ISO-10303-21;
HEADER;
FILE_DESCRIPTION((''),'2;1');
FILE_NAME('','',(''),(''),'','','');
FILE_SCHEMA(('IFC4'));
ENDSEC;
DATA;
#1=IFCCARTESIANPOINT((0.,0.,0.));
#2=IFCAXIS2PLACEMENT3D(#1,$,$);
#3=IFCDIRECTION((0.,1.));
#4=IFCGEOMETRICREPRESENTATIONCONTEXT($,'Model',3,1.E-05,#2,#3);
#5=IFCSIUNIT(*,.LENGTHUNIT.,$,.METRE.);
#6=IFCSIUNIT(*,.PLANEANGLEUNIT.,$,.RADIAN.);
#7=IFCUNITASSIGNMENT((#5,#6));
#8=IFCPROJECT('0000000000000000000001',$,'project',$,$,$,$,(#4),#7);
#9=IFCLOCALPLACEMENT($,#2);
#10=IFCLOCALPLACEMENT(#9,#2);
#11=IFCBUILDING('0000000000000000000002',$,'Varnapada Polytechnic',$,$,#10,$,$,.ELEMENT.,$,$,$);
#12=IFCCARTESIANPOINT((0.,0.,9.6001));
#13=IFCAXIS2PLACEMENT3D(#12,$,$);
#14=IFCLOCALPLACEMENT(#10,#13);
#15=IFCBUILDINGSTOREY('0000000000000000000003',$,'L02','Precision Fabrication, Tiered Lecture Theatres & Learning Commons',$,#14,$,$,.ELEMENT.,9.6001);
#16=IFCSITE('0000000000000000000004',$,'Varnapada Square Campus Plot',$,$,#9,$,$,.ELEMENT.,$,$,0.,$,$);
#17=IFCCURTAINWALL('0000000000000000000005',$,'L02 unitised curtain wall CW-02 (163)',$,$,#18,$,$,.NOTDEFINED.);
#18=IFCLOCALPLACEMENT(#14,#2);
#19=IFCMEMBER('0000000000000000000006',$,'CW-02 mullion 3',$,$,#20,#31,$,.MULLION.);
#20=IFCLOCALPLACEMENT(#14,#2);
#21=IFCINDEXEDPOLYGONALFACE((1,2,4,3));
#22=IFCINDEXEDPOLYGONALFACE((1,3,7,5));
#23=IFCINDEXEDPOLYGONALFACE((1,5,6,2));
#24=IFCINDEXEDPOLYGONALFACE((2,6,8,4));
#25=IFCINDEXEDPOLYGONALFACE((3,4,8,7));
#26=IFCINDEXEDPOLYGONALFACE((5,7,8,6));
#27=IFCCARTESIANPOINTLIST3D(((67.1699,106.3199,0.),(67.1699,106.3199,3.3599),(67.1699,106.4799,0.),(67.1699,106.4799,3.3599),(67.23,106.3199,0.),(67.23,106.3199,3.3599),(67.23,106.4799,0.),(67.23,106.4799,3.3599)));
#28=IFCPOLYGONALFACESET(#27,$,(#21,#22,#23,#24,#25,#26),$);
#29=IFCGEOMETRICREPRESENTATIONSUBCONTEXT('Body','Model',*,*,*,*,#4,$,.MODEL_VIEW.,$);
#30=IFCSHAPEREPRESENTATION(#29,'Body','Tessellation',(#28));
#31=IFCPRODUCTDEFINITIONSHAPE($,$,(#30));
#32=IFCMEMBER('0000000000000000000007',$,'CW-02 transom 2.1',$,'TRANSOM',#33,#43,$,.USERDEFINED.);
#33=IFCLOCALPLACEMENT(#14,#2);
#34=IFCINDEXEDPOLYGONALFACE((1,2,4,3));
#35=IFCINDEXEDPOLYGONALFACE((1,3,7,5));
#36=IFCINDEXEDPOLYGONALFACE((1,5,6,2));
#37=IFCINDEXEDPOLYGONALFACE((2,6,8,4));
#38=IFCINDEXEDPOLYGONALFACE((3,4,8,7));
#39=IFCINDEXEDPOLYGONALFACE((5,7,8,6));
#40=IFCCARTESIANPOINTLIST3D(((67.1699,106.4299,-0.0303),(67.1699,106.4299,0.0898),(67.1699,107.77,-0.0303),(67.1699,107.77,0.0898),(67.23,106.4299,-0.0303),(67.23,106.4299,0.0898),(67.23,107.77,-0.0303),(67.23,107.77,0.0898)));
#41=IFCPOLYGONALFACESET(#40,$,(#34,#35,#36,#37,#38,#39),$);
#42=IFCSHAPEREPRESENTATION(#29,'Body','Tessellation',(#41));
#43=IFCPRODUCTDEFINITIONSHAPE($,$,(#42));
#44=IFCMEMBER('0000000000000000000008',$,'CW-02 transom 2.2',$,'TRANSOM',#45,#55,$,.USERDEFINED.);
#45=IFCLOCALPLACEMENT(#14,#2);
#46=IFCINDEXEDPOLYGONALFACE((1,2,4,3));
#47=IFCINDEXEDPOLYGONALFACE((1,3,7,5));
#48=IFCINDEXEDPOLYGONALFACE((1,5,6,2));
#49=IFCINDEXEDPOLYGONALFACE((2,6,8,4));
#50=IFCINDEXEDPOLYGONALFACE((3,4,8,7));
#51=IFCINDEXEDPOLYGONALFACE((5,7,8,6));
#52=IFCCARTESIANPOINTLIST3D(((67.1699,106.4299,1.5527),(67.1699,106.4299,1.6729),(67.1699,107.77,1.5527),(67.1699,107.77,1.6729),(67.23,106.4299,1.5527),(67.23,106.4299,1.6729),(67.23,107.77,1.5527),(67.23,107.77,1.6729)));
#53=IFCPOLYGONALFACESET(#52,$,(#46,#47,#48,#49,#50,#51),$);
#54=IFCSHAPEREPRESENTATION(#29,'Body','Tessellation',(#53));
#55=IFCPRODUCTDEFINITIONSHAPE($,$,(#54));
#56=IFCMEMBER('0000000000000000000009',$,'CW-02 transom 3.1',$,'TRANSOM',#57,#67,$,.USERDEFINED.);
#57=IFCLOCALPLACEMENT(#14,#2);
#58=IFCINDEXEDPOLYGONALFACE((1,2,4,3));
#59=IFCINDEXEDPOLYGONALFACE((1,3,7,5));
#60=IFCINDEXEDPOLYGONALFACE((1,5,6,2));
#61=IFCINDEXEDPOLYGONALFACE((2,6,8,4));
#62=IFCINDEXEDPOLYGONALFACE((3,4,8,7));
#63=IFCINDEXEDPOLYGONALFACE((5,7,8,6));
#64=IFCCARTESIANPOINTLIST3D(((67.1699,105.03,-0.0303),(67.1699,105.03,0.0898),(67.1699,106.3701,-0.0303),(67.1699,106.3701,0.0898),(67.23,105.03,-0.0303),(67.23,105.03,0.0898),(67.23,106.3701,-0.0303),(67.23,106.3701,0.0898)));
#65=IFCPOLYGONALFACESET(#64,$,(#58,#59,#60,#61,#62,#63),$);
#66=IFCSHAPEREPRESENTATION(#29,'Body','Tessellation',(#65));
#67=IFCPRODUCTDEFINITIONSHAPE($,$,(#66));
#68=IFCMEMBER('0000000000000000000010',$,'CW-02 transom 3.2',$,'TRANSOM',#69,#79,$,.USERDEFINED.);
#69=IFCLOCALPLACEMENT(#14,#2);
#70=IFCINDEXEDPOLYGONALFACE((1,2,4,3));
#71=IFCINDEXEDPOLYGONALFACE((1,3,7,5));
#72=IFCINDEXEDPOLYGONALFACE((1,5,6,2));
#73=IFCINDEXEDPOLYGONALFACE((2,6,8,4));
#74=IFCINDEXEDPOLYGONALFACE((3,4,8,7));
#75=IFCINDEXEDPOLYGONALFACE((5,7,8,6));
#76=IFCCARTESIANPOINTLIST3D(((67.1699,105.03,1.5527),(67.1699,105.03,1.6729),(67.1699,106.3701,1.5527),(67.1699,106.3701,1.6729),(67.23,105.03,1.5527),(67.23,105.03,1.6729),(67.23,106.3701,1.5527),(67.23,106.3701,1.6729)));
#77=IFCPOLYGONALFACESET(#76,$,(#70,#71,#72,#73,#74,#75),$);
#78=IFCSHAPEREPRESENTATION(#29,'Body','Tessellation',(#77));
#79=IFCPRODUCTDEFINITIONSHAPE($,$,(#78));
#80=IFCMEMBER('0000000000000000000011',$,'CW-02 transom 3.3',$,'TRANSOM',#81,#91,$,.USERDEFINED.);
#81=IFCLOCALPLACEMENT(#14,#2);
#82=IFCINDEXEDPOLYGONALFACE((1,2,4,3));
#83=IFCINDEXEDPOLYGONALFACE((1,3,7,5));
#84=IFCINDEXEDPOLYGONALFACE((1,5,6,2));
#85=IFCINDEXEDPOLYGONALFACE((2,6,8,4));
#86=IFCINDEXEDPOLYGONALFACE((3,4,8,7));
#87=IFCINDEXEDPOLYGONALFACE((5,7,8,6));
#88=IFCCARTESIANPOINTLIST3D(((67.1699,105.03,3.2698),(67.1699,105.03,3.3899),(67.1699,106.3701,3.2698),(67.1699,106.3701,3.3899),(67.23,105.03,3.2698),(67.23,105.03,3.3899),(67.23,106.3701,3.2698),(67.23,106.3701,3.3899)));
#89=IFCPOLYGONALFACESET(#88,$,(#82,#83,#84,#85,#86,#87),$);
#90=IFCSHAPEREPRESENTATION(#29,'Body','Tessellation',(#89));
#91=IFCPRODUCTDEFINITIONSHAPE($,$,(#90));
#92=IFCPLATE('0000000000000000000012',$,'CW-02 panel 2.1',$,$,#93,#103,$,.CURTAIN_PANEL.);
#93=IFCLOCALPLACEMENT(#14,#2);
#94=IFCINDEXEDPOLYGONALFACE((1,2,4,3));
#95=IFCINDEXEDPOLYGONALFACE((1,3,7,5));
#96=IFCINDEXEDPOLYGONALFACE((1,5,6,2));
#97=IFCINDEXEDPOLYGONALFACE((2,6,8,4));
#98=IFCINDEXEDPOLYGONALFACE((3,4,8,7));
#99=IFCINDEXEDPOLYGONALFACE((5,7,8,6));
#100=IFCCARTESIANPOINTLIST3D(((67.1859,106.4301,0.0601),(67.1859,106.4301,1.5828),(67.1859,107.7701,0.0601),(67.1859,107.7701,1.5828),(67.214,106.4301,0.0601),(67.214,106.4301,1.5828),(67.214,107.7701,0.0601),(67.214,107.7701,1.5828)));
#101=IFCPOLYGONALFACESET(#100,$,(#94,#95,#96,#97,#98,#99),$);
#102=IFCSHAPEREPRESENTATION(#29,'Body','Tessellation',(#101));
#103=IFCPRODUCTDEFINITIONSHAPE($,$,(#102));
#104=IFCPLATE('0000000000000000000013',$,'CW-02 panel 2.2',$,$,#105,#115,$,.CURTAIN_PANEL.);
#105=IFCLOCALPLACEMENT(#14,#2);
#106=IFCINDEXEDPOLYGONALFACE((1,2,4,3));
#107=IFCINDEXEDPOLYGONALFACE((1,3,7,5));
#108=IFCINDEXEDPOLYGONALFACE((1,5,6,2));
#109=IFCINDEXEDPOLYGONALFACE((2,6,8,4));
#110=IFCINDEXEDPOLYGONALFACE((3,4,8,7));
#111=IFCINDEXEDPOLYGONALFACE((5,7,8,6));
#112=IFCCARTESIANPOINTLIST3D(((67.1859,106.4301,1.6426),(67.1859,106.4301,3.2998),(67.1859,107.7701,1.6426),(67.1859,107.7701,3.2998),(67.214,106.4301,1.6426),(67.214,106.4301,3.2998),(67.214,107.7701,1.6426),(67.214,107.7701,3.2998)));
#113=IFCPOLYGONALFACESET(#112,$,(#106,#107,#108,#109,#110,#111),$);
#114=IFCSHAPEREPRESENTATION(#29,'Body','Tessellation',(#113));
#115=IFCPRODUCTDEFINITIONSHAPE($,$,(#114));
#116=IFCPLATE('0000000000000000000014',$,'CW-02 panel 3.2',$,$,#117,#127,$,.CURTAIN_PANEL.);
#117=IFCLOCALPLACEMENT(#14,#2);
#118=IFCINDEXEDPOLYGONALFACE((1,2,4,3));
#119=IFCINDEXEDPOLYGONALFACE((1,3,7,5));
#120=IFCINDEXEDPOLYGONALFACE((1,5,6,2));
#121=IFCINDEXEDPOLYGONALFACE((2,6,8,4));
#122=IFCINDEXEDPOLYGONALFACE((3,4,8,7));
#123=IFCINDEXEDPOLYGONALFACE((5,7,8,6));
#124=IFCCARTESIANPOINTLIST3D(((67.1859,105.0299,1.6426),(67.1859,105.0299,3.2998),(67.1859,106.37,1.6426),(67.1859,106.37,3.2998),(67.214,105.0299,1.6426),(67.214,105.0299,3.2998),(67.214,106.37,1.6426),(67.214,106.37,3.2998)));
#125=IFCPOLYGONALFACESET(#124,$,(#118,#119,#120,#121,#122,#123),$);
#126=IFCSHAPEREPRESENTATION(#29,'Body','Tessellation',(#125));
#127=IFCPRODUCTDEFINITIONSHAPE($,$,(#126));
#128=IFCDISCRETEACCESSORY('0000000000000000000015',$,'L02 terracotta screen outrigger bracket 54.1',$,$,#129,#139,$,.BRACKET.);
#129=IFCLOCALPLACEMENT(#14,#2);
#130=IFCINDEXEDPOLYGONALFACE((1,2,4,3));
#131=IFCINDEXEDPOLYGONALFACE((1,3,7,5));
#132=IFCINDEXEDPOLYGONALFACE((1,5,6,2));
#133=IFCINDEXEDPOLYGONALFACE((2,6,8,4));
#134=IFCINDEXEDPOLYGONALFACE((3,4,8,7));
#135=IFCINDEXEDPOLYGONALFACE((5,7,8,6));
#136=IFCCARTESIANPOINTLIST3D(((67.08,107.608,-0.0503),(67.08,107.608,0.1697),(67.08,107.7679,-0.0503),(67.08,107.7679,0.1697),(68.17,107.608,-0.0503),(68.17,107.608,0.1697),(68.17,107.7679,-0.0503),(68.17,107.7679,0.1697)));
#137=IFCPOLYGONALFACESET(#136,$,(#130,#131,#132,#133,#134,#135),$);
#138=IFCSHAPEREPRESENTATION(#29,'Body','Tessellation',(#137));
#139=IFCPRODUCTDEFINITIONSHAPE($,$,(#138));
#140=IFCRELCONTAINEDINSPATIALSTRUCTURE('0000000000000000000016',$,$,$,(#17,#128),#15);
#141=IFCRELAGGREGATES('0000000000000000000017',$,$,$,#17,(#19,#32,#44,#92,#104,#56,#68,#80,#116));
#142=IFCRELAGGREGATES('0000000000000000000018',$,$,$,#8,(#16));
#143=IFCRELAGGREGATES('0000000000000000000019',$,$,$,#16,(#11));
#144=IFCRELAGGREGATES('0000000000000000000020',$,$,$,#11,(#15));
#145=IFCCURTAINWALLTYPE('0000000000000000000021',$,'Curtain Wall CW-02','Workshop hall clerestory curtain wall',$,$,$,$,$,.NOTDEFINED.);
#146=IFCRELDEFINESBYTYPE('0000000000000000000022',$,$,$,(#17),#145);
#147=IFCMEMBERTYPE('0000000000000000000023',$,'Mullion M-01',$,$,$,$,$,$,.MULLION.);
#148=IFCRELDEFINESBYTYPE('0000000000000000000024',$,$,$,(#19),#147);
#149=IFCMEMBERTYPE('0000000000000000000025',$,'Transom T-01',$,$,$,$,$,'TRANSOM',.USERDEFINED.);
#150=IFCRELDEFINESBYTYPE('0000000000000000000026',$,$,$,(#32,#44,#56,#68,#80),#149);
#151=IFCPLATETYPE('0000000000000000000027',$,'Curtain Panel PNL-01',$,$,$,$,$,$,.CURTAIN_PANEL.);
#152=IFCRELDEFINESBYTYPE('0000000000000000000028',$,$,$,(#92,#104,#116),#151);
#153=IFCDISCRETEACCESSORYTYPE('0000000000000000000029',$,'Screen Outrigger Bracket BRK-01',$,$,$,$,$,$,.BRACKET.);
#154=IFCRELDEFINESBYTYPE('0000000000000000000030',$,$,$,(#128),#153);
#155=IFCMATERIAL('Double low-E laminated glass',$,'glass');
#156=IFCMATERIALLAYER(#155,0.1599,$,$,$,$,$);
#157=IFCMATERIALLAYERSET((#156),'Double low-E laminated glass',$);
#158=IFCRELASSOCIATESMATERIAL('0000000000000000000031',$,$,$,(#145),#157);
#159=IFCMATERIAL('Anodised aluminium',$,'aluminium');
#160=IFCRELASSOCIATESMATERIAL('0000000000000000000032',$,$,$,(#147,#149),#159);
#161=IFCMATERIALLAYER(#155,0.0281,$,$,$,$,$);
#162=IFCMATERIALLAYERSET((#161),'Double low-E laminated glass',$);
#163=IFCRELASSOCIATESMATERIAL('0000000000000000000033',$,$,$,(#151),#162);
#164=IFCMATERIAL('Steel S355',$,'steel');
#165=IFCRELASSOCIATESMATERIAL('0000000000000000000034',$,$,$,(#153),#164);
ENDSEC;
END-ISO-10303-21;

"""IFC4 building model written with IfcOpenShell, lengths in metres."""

from ifc_helpers import new_model, si_unit, direction, frame, origin, origin_2d, place, context, subcontext, project, spatial, rectangle, extrude, material, layer, layer_set, material_profile, profile_set, type_object, element, aggregate, save


model = new_model("IFC4")

# Units and contexts
model_context = context("Model", 3, precision=1e-05, world=origin(), true_north=direction((0.0, 1.0)))
body_context = subcontext(model_context, "Body", "Model", "MODEL_VIEW")
ifc_project = project(units=[si_unit("LENGTHUNIT", "METRE"), si_unit("PLANEANGLEUNIT", "RADIAN")], contexts=[model_context])

# Site, building, storey
site_placement = place(None, origin())
site = spatial("IfcSite", under=ifc_project, at=site_placement, Name="Varnapada Square Campus Plot", CompositionType="ELEMENT", RefElevation=0.0)
building_placement = place(site_placement, origin())
building = spatial("IfcBuilding", under=site, at=building_placement, Name="Varnapada Polytechnic", CompositionType="ELEMENT")
storey_placement = place(building_placement, frame((0.0, 0.0, 9.6001)))
storey = spatial("IfcBuildingStorey", under=building, at=storey_placement, Name="L02", Description="Precision Fabrication, Tiered Lecture Theatres & Learning Commons", CompositionType="ELEMENT", Elevation=9.6001)

# Curtain wall, members, plates
ifc_material_1 = material(Name="Double low-E laminated glass", Category="glass")
ifc_layer_1 = layer(ifc_material_1, 0.1599)
ifc_layer_set_1 = layer_set([ifc_layer_1], Name="Double low-E laminated glass")
curtain_wall_type = type_object("IfcCurtainWallType", Name="Curtain Wall CW-02", Description="Workshop hall clerestory curtain wall", PredefinedType="NOTDEFINED", material=ifc_layer_set_1)
curtain_wall_placement = place(storey_placement, origin())
curtain_wall = element("IfcCurtainWall", 1, at=curtain_wall_placement, inside=storey, type_object=curtain_wall_type, Name="L02 unitised curtain wall CW-02 (163)", PredefinedType="NOTDEFINED")
ifc_material_2 = material(Name="Anodised aluminium", Category="aluminium")
ifc_material_profile_1 = material_profile(ifc_material_2, rectangle(XDim=0.0601, YDim=0.1599, at=origin_2d()), Name="ALU M60x160")
ifc_profile_set_1 = profile_set([ifc_material_profile_1], Name="Anodised aluminium")
member_type_1 = type_object("IfcMemberType", Name="Mullion M-01", PredefinedType="MULLION", material=ifc_profile_set_1)
member_1_placement = place(storey_placement, frame((67.2, 106.3999, 0.0), z_axis=(0.0, 0.0, 1.0), x_axis=(1.0, 0.0, 0.0)))
member_1 = element("IfcMember", 2, at=member_1_placement, type_object=member_type_1, Name="CW-02 mullion 3", PredefinedType="MULLION", context=body_context, shape_type="SweptSolid", body=[
    extrude(rectangle(XDim=0.0601, YDim=0.1599, at=origin_2d()), origin(), (0.0, 0.0, 1.0), 3.3599),
])
ifc_material_profile_2 = material_profile(ifc_material_2, rectangle(XDim=0.0601, YDim=0.1201, at=origin_2d()), Name="ALU T60x120")
ifc_profile_set_2 = profile_set([ifc_material_profile_2], Name="Anodised aluminium")
member_type_2 = type_object("IfcMemberType", Name="Transom T-01", ElementType="TRANSOM", PredefinedType="USERDEFINED", material=ifc_profile_set_2)
member_2_placement = place(storey_placement, frame((67.2, 107.77, 0.0298), z_axis=(0.0, -1.0, 0.0), x_axis=(1.0, 0.0, 0.0)))
member_2 = element("IfcMember", 3, at=member_2_placement, type_object=member_type_2, Name="CW-02 transom 2.1", ObjectType="TRANSOM", PredefinedType="USERDEFINED", context=body_context, shape_type="SweptSolid", body=[
    extrude(rectangle(XDim=0.0601, YDim=0.1201, at=origin_2d()), origin(), (0.0, 0.0, 1.0), 1.3401),
])
member_3_placement = place(storey_placement, frame((67.2, 107.77, 1.6128), z_axis=(0.0, -1.0, 0.0), x_axis=(1.0, 0.0, 0.0)))
member_3 = element("IfcMember", 4, at=member_3_placement, type_object=member_type_2, Name="CW-02 transom 2.2", ObjectType="TRANSOM", PredefinedType="USERDEFINED", context=body_context, shape_type="SweptSolid", body=[
    extrude(rectangle(XDim=0.0601, YDim=0.1201, at=origin_2d()), origin(), (0.0, 0.0, 1.0), 1.3401),
])
member_4_placement = place(storey_placement, frame((67.2, 106.3701, 0.0298), z_axis=(0.0, -1.0, 0.0), x_axis=(1.0, 0.0, 0.0)))
member_4 = element("IfcMember", 5, at=member_4_placement, type_object=member_type_2, Name="CW-02 transom 3.1", ObjectType="TRANSOM", PredefinedType="USERDEFINED", context=body_context, shape_type="SweptSolid", body=[
    extrude(rectangle(XDim=0.0601, YDim=0.1201, at=origin_2d()), origin(), (0.0, 0.0, 1.0), 1.3401),
])
member_5_placement = place(storey_placement, frame((67.2, 106.3701, 1.6128), z_axis=(0.0, -1.0, 0.0), x_axis=(1.0, 0.0, 0.0)))
member_5 = element("IfcMember", 6, at=member_5_placement, type_object=member_type_2, Name="CW-02 transom 3.2", ObjectType="TRANSOM", PredefinedType="USERDEFINED", context=body_context, shape_type="SweptSolid", body=[
    extrude(rectangle(XDim=0.0601, YDim=0.1201, at=origin_2d()), origin(), (0.0, 0.0, 1.0), 1.3401),
])
member_6_placement = place(storey_placement, frame((67.2, 106.3701, 3.3298), z_axis=(0.0, -1.0, 0.0), x_axis=(1.0, 0.0, 0.0)))
member_6 = element("IfcMember", 7, at=member_6_placement, type_object=member_type_2, Name="CW-02 transom 3.3", ObjectType="TRANSOM", PredefinedType="USERDEFINED", context=body_context, shape_type="SweptSolid", body=[
    extrude(rectangle(XDim=0.0601, YDim=0.1201, at=origin_2d()), origin(), (0.0, 0.0, 1.0), 1.3401),
])
ifc_layer_2 = layer(ifc_material_1, 0.0281)
ifc_layer_set_2 = layer_set([ifc_layer_2], Name="Double low-E laminated glass")
plate_type = type_object("IfcPlateType", Name="Curtain Panel PNL-01", PredefinedType="CURTAIN_PANEL", material=ifc_layer_set_2)
plate_1_placement = place(storey_placement, frame((67.2, 107.1001, 0.0601), z_axis=(0.0, 0.0, 1.0), x_axis=(0.0, -1.0, 0.0)))
plate_1 = element("IfcPlate", 8, at=plate_1_placement, type_object=plate_type, Name="CW-02 panel 2.1", PredefinedType="CURTAIN_PANEL", context=body_context, shape_type="SweptSolid", body=[
    extrude(rectangle(XDim=1.3401, YDim=0.0281, at=origin_2d()), origin(), (0.0, 0.0, 1.0), 1.5227),
])
plate_2_placement = place(storey_placement, frame((67.2, 107.1001, 1.6426), z_axis=(0.0, 0.0, 1.0), x_axis=(0.0, -1.0, 0.0)))
plate_2 = element("IfcPlate", 9, at=plate_2_placement, type_object=plate_type, Name="CW-02 panel 2.2", PredefinedType="CURTAIN_PANEL", context=body_context, shape_type="SweptSolid", body=[
    extrude(rectangle(XDim=1.3401, YDim=0.0281, at=origin_2d()), origin(), (0.0, 0.0, 1.0), 1.6572),
])
plate_3_placement = place(storey_placement, frame((67.2, 105.7, 1.6426), z_axis=(0.0, 0.0, 1.0), x_axis=(0.0, -1.0, 0.0)))
plate_3 = element("IfcPlate", 10, at=plate_3_placement, type_object=plate_type, Name="CW-02 panel 3.2", PredefinedType="CURTAIN_PANEL", context=body_context, shape_type="SweptSolid", body=[
    extrude(rectangle(XDim=1.3401, YDim=0.0281, at=origin_2d()), origin(), (0.0, 0.0, 1.0), 1.6572),
])
aggregate(curtain_wall, [member_1, member_2, member_3, plate_1, plate_2, member_4, member_5, member_6, plate_3])

# Discrete accessory
ifc_material_3 = material(Name="Steel S355", Category="steel")
discrete_accessory_type = type_object("IfcDiscreteAccessoryType", Name="Screen Outrigger Bracket BRK-01", PredefinedType="BRACKET", material=ifc_material_3)
discrete_accessory_placement = place(storey_placement, frame((67.625, 107.688, -0.0503), z_axis=(0.0, 0.0, 1.0), x_axis=(0.0, -1.0, 0.0)))
element("IfcDiscreteAccessory", 11, at=discrete_accessory_placement, inside=storey, type_object=discrete_accessory_type, Name="L02 terracotta screen outrigger bracket 54.1", PredefinedType="BRACKET", context=body_context, shape_type="SweptSolid", body=[
    extrude(rectangle(XDim=0.1599, YDim=1.0901, at=origin_2d()), origin(), (0.0, 0.0, 1.0), 0.22),
])

save(model, "model.ifc")
